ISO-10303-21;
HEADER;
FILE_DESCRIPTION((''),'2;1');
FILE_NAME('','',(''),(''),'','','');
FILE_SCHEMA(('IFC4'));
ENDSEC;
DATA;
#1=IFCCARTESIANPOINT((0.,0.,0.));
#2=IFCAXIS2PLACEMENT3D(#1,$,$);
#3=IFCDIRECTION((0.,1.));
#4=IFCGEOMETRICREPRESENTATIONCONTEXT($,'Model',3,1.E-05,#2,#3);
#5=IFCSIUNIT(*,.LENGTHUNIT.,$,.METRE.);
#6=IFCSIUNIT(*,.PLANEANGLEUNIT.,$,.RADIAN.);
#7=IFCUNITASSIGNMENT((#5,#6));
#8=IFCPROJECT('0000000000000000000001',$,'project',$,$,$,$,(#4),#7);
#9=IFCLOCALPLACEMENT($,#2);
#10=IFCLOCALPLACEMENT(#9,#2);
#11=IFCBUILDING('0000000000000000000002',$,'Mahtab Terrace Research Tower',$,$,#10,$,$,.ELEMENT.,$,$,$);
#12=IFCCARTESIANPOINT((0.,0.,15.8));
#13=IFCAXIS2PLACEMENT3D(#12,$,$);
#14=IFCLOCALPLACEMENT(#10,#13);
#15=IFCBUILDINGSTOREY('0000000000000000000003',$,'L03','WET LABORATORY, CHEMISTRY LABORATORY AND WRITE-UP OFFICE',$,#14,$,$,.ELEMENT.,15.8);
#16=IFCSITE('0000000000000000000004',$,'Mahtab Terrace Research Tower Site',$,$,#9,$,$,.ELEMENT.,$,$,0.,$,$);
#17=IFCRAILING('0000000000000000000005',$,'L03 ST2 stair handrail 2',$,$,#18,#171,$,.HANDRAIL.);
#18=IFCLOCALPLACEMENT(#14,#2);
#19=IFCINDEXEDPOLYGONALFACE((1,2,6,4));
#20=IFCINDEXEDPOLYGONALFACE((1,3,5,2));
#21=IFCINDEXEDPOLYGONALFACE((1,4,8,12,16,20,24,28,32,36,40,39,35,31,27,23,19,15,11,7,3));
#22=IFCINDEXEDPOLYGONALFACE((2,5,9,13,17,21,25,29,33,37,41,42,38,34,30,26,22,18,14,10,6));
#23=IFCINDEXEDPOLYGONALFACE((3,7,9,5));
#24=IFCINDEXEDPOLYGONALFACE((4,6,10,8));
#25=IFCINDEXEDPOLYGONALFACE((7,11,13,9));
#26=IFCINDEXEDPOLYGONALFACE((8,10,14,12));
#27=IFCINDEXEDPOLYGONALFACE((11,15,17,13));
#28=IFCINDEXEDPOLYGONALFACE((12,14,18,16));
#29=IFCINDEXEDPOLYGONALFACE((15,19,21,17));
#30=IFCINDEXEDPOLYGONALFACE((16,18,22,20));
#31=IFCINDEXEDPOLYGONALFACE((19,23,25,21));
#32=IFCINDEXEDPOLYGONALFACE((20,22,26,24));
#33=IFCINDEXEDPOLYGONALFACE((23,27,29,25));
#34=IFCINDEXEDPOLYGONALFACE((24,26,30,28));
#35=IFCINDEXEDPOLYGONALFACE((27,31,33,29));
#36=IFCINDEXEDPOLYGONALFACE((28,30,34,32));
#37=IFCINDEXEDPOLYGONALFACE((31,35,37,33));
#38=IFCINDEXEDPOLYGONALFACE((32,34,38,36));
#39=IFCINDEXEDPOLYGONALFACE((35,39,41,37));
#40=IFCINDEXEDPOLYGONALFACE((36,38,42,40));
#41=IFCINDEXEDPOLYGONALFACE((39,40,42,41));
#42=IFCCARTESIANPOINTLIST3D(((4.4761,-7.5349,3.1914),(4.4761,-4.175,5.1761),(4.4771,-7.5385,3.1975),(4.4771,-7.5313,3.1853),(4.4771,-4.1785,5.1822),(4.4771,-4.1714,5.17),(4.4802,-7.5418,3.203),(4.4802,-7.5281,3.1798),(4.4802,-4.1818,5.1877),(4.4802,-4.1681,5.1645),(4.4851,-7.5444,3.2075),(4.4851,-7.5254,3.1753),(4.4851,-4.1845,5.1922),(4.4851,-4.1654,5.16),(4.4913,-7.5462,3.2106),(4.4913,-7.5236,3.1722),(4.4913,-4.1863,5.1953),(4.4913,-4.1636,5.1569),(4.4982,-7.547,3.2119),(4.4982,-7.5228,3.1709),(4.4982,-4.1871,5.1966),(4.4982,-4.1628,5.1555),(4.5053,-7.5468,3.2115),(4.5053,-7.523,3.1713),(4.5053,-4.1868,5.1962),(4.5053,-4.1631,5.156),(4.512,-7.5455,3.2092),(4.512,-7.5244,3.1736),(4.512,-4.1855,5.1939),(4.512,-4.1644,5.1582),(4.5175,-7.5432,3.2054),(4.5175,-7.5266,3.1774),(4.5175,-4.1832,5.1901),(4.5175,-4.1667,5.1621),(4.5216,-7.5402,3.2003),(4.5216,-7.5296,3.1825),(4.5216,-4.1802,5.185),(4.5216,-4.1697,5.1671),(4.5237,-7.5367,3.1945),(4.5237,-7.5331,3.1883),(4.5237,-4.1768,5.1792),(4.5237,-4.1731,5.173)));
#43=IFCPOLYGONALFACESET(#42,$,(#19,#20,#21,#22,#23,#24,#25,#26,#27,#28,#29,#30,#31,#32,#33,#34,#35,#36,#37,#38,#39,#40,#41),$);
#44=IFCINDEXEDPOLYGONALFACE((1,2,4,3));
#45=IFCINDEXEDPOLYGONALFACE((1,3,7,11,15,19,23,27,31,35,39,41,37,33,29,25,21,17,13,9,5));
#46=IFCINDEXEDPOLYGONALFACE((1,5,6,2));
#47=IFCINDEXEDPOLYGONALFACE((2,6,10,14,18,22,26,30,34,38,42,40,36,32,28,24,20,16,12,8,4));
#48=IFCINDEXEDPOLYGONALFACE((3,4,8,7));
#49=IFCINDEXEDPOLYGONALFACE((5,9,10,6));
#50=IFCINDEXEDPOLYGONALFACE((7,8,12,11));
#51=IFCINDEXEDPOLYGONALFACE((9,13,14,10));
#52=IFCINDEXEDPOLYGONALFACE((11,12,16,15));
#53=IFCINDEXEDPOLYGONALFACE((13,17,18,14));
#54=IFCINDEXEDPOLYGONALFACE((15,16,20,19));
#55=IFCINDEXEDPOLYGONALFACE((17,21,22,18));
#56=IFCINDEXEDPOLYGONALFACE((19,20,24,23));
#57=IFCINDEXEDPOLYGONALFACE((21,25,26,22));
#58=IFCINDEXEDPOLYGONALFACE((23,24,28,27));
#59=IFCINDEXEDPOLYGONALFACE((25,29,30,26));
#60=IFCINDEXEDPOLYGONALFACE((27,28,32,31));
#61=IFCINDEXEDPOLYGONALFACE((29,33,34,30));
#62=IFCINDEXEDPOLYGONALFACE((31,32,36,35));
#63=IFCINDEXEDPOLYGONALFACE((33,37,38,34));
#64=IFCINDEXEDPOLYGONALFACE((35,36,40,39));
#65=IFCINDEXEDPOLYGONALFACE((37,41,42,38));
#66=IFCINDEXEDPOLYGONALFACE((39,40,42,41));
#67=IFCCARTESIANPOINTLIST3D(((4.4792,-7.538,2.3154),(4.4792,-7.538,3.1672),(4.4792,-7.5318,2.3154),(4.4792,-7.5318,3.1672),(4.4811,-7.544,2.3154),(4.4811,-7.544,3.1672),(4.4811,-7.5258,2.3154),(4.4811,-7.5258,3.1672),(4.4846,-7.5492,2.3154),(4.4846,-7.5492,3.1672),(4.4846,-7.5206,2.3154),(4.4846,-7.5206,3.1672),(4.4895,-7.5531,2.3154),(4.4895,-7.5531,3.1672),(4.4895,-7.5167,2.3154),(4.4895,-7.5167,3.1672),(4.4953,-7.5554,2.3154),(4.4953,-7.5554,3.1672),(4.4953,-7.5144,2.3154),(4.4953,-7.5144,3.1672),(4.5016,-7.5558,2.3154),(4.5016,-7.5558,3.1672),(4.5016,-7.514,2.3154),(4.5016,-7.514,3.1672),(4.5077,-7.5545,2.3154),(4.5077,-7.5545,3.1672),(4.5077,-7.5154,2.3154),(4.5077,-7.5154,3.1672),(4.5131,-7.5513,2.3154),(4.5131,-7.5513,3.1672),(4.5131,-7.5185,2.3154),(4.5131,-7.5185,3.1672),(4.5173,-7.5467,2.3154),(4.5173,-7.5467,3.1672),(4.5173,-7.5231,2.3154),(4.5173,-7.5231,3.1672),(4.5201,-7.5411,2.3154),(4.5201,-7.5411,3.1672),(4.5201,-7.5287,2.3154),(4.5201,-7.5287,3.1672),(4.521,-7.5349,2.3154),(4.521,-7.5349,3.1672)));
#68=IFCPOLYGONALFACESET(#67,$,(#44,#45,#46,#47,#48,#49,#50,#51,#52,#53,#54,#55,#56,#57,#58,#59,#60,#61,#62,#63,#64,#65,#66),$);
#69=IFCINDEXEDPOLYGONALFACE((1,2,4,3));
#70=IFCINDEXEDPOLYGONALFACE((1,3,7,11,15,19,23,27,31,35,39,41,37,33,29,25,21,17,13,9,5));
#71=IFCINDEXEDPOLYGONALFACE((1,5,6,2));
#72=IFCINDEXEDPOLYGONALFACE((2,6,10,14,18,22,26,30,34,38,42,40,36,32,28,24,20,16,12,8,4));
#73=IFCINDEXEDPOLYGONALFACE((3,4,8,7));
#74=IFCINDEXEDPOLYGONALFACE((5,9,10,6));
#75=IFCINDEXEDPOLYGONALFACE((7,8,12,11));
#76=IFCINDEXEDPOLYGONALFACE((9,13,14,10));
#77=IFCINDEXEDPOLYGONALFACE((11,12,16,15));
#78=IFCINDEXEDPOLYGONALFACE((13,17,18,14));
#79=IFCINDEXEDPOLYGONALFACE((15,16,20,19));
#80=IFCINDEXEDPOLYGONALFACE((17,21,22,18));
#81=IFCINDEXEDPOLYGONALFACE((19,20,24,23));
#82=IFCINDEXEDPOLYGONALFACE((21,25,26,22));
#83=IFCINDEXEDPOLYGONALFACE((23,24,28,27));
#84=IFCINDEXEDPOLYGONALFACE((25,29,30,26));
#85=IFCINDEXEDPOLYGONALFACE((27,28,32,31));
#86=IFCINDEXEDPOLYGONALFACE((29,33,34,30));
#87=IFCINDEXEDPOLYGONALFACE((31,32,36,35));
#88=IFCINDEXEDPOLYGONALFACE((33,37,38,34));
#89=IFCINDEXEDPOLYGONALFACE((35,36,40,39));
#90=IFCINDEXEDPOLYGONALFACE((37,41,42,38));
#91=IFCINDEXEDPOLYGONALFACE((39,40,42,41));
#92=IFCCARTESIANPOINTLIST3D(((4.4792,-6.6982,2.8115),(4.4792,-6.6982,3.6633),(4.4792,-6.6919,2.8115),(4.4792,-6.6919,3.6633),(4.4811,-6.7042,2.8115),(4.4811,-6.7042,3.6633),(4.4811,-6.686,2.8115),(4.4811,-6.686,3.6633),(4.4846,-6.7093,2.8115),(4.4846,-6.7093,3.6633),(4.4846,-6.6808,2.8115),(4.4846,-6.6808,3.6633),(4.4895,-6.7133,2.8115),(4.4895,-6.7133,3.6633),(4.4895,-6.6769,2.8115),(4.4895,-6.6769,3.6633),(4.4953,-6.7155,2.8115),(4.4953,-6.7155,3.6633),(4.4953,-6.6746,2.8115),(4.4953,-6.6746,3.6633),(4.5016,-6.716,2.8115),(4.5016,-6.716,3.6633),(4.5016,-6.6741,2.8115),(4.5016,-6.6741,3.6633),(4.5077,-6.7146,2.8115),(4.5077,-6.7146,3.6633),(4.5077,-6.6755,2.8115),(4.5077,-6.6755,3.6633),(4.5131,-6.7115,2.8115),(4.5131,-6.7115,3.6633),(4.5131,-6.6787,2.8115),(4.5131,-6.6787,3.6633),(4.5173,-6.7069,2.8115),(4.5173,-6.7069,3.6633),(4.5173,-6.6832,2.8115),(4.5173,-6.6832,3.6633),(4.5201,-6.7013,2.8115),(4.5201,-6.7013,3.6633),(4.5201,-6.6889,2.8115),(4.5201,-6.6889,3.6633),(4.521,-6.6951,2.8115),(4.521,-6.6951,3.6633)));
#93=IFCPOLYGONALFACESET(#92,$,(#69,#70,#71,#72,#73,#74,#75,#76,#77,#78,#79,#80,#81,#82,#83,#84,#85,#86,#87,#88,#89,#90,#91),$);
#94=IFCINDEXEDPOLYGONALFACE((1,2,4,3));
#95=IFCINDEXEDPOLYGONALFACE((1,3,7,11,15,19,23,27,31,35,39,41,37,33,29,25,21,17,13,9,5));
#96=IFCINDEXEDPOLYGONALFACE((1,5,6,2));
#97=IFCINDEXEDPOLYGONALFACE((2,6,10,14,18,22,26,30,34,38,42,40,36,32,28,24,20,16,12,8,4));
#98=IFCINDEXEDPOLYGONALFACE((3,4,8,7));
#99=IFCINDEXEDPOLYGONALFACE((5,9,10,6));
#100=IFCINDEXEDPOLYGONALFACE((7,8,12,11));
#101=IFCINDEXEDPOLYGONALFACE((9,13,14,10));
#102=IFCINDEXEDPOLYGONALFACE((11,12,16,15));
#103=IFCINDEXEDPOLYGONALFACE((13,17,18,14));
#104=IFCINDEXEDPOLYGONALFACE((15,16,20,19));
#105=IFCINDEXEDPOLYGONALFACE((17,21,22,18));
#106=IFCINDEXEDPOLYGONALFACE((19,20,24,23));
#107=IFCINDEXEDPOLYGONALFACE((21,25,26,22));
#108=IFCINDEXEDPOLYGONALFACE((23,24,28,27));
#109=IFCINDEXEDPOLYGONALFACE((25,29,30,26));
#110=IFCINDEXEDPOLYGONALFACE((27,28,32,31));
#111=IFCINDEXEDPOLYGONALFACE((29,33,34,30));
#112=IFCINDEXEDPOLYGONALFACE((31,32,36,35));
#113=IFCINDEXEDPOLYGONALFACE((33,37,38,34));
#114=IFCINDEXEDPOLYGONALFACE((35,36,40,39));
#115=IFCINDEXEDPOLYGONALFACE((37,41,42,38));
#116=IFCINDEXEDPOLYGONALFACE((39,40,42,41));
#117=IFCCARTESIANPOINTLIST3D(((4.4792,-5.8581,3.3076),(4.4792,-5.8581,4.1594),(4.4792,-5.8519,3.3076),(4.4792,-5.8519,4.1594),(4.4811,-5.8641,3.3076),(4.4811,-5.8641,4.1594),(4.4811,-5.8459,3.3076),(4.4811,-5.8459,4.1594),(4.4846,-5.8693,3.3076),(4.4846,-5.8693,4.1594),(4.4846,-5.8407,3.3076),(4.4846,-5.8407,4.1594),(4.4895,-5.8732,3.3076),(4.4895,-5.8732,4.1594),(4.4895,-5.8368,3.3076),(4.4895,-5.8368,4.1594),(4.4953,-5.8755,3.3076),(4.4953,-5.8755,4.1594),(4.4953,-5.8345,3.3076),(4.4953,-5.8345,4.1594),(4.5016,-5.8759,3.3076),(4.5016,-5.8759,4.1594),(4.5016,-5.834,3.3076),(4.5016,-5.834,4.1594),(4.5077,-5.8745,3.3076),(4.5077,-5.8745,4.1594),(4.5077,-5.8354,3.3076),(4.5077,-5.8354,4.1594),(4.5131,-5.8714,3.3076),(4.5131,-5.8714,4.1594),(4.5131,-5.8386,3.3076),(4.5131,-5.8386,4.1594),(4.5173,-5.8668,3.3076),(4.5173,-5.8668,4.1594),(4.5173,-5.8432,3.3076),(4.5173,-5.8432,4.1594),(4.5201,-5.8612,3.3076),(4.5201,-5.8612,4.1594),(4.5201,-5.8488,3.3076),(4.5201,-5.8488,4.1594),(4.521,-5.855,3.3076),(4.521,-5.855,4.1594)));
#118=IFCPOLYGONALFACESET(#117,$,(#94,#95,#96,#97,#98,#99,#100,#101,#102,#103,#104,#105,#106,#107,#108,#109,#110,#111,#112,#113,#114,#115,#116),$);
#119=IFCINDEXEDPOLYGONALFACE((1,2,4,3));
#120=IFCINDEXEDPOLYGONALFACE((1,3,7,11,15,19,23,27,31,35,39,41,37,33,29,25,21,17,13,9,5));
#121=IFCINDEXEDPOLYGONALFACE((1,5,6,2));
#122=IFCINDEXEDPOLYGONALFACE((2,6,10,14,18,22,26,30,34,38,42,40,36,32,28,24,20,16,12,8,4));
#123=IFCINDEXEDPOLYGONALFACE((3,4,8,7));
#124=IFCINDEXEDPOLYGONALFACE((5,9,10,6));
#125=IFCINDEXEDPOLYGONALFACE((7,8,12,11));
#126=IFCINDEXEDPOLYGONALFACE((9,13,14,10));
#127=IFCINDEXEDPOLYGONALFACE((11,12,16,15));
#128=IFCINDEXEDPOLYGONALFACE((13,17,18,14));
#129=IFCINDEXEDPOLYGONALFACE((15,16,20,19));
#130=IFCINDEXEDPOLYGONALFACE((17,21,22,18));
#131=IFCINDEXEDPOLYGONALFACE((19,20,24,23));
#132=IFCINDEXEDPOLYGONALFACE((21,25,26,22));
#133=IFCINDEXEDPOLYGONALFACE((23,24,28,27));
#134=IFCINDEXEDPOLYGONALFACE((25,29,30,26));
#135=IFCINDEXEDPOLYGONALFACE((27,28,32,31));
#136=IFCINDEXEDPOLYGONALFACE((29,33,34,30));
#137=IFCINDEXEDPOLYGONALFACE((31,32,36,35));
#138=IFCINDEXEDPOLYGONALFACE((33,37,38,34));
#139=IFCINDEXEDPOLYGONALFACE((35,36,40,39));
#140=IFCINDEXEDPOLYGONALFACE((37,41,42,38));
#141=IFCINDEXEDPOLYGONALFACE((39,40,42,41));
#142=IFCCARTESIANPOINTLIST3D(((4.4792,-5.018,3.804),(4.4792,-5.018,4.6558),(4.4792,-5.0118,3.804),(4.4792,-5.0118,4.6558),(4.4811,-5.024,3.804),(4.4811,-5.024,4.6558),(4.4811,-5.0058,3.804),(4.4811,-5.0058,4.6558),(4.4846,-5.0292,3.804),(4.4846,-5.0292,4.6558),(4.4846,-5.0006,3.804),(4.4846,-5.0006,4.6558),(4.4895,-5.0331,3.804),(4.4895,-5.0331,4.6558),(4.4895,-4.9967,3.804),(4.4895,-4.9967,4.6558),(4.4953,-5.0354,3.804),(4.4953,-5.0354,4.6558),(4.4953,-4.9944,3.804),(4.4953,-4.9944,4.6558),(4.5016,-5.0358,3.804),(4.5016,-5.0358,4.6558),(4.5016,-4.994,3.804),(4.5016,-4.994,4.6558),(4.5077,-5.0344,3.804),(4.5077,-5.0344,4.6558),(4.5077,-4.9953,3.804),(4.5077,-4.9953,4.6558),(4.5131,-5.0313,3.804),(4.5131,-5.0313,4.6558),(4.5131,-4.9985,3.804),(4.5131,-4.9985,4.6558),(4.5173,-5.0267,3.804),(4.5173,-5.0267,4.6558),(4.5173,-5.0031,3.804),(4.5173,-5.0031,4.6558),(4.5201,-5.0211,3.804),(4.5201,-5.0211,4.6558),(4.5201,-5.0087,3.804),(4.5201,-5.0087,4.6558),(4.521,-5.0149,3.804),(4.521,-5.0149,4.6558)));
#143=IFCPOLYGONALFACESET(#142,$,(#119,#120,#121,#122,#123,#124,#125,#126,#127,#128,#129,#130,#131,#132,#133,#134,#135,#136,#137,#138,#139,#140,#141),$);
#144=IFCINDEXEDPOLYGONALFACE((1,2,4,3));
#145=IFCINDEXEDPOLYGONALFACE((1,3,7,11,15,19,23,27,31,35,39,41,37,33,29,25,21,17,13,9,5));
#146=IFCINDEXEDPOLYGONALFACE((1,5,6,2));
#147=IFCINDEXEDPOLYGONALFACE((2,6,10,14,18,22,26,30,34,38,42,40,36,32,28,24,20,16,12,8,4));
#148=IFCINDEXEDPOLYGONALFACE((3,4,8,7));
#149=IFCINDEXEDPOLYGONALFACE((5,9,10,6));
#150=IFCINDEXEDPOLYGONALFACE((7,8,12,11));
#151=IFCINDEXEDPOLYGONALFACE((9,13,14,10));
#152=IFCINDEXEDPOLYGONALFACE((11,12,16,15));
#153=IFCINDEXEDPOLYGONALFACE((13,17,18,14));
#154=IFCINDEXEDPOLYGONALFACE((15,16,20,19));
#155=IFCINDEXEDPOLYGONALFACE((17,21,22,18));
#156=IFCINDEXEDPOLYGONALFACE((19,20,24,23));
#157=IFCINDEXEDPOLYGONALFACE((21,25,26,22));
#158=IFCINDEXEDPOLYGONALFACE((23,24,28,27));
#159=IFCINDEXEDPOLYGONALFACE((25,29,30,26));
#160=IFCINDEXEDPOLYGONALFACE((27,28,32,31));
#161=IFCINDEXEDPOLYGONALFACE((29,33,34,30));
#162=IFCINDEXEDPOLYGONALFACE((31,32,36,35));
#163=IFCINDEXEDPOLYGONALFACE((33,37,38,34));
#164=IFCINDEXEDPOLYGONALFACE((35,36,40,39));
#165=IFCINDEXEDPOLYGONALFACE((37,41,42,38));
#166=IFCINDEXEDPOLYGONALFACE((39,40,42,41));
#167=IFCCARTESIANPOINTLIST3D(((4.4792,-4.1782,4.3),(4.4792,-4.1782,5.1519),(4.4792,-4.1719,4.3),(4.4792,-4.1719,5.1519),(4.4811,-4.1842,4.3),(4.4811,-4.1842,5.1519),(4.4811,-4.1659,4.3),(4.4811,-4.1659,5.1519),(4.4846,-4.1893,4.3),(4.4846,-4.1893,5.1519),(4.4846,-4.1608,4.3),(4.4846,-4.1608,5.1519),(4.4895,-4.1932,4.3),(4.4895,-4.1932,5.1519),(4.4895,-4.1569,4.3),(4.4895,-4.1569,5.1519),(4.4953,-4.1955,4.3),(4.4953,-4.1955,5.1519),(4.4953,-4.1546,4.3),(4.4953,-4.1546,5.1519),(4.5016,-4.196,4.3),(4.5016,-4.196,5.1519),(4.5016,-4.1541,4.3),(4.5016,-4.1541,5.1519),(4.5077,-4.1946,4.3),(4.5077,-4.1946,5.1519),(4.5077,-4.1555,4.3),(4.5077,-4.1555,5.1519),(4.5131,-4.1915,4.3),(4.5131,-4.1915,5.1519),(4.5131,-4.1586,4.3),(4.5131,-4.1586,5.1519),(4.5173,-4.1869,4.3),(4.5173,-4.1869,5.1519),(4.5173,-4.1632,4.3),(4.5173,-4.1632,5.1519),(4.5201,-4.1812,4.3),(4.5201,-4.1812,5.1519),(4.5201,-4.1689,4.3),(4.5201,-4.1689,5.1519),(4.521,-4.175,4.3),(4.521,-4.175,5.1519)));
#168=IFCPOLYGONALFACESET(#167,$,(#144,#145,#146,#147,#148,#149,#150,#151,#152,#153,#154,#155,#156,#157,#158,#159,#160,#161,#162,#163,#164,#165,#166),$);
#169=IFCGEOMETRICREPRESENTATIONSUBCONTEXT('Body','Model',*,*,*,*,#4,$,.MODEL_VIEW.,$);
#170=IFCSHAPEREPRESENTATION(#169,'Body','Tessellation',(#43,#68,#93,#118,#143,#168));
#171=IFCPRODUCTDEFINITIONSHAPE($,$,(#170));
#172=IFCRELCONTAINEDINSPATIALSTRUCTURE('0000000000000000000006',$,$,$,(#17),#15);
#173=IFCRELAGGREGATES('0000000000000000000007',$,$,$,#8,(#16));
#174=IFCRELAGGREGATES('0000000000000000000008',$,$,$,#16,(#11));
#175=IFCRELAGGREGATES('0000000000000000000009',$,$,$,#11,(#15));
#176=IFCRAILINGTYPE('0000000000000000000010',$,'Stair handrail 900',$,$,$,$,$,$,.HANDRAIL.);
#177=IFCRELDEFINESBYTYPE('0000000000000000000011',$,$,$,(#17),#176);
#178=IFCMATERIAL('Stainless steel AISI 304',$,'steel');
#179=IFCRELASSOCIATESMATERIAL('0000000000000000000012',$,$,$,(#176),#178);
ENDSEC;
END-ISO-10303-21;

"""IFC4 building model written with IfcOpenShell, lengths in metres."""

from ifc_helpers import new_model, si_unit, direction, frame, origin, origin_2d, place, context, subcontext, project, spatial, circle, extrude, material, type_object, element, save


model = new_model("IFC4")

# Units and contexts
model_context = context("Model", 3, precision=1e-05, world=origin(), true_north=direction((0.0, 1.0)))
body_context = subcontext(model_context, "Body", "Model", "MODEL_VIEW")
ifc_project = project(units=[si_unit("LENGTHUNIT", "METRE"), si_unit("PLANEANGLEUNIT", "RADIAN")], contexts=[model_context])

# Site, building, storey
site_placement = place(None, origin())
site = spatial("IfcSite", under=ifc_project, at=site_placement, Name="Mahtab Terrace Research Tower Site", CompositionType="ELEMENT", RefElevation=0.0)
building_placement = place(site_placement, origin())
building = spatial("IfcBuilding", under=site, at=building_placement, Name="Mahtab Terrace Research Tower", CompositionType="ELEMENT")
storey_placement = place(building_placement, frame((0.0, 0.0, 15.8)))
storey = spatial("IfcBuildingStorey", under=building, at=storey_placement, Name="L03", Description="WET LABORATORY, CHEMISTRY LABORATORY AND WRITE-UP OFFICE", CompositionType="ELEMENT", Elevation=15.8)

# Railing
ifc_material_1 = material(Name="Stainless steel AISI 304", Category="steel")
railing_type_1 = type_object("IfcRailingType", Name="Stair handrail 900", PredefinedType="HANDRAIL", material=ifc_material_1)
railing_1_placement = place(storey_placement, frame((4.5, -7.5349, 2.3154)))
element("IfcRailing", 1, at=railing_1_placement, inside=storey, type_object=railing_type_1, Name="L03 ST2 stair handrail 2", PredefinedType="HANDRAIL", context=body_context, shape_type="SweptSolid", body=[
    extrude(circle(Radius=0.0239, at=origin_2d()), frame((0.0, 0.0, 0.876), z_axis=(0.0, 0.861011, 0.508586), x_axis=(-1.0, 0.0, 0.0)), (0.0, 0.0, 1.0), 3.9023),
    extrude(circle(Radius=0.021, at=origin_2d()), origin(), (0.0, 0.0, 1.0), 0.8518),
    extrude(circle(Radius=0.021, at=origin_2d()), frame((0.0, 0.8398, 0.4961)), (0.0, 0.0, 1.0), 0.8518),
    extrude(circle(Radius=0.021, at=origin_2d()), frame((0.0, 1.6799, 0.9922)), (0.0, 0.0, 1.0), 0.8518),
    extrude(circle(Radius=0.021, at=origin_2d()), frame((0.0, 2.52, 1.4885)), (0.0, 0.0, 1.0), 0.8518),
    extrude(circle(Radius=0.021, at=origin_2d()), frame((0.0, 3.3599, 1.9846)), (0.0, 0.0, 1.0), 0.8518),
])

save(model, "model.ifc")
